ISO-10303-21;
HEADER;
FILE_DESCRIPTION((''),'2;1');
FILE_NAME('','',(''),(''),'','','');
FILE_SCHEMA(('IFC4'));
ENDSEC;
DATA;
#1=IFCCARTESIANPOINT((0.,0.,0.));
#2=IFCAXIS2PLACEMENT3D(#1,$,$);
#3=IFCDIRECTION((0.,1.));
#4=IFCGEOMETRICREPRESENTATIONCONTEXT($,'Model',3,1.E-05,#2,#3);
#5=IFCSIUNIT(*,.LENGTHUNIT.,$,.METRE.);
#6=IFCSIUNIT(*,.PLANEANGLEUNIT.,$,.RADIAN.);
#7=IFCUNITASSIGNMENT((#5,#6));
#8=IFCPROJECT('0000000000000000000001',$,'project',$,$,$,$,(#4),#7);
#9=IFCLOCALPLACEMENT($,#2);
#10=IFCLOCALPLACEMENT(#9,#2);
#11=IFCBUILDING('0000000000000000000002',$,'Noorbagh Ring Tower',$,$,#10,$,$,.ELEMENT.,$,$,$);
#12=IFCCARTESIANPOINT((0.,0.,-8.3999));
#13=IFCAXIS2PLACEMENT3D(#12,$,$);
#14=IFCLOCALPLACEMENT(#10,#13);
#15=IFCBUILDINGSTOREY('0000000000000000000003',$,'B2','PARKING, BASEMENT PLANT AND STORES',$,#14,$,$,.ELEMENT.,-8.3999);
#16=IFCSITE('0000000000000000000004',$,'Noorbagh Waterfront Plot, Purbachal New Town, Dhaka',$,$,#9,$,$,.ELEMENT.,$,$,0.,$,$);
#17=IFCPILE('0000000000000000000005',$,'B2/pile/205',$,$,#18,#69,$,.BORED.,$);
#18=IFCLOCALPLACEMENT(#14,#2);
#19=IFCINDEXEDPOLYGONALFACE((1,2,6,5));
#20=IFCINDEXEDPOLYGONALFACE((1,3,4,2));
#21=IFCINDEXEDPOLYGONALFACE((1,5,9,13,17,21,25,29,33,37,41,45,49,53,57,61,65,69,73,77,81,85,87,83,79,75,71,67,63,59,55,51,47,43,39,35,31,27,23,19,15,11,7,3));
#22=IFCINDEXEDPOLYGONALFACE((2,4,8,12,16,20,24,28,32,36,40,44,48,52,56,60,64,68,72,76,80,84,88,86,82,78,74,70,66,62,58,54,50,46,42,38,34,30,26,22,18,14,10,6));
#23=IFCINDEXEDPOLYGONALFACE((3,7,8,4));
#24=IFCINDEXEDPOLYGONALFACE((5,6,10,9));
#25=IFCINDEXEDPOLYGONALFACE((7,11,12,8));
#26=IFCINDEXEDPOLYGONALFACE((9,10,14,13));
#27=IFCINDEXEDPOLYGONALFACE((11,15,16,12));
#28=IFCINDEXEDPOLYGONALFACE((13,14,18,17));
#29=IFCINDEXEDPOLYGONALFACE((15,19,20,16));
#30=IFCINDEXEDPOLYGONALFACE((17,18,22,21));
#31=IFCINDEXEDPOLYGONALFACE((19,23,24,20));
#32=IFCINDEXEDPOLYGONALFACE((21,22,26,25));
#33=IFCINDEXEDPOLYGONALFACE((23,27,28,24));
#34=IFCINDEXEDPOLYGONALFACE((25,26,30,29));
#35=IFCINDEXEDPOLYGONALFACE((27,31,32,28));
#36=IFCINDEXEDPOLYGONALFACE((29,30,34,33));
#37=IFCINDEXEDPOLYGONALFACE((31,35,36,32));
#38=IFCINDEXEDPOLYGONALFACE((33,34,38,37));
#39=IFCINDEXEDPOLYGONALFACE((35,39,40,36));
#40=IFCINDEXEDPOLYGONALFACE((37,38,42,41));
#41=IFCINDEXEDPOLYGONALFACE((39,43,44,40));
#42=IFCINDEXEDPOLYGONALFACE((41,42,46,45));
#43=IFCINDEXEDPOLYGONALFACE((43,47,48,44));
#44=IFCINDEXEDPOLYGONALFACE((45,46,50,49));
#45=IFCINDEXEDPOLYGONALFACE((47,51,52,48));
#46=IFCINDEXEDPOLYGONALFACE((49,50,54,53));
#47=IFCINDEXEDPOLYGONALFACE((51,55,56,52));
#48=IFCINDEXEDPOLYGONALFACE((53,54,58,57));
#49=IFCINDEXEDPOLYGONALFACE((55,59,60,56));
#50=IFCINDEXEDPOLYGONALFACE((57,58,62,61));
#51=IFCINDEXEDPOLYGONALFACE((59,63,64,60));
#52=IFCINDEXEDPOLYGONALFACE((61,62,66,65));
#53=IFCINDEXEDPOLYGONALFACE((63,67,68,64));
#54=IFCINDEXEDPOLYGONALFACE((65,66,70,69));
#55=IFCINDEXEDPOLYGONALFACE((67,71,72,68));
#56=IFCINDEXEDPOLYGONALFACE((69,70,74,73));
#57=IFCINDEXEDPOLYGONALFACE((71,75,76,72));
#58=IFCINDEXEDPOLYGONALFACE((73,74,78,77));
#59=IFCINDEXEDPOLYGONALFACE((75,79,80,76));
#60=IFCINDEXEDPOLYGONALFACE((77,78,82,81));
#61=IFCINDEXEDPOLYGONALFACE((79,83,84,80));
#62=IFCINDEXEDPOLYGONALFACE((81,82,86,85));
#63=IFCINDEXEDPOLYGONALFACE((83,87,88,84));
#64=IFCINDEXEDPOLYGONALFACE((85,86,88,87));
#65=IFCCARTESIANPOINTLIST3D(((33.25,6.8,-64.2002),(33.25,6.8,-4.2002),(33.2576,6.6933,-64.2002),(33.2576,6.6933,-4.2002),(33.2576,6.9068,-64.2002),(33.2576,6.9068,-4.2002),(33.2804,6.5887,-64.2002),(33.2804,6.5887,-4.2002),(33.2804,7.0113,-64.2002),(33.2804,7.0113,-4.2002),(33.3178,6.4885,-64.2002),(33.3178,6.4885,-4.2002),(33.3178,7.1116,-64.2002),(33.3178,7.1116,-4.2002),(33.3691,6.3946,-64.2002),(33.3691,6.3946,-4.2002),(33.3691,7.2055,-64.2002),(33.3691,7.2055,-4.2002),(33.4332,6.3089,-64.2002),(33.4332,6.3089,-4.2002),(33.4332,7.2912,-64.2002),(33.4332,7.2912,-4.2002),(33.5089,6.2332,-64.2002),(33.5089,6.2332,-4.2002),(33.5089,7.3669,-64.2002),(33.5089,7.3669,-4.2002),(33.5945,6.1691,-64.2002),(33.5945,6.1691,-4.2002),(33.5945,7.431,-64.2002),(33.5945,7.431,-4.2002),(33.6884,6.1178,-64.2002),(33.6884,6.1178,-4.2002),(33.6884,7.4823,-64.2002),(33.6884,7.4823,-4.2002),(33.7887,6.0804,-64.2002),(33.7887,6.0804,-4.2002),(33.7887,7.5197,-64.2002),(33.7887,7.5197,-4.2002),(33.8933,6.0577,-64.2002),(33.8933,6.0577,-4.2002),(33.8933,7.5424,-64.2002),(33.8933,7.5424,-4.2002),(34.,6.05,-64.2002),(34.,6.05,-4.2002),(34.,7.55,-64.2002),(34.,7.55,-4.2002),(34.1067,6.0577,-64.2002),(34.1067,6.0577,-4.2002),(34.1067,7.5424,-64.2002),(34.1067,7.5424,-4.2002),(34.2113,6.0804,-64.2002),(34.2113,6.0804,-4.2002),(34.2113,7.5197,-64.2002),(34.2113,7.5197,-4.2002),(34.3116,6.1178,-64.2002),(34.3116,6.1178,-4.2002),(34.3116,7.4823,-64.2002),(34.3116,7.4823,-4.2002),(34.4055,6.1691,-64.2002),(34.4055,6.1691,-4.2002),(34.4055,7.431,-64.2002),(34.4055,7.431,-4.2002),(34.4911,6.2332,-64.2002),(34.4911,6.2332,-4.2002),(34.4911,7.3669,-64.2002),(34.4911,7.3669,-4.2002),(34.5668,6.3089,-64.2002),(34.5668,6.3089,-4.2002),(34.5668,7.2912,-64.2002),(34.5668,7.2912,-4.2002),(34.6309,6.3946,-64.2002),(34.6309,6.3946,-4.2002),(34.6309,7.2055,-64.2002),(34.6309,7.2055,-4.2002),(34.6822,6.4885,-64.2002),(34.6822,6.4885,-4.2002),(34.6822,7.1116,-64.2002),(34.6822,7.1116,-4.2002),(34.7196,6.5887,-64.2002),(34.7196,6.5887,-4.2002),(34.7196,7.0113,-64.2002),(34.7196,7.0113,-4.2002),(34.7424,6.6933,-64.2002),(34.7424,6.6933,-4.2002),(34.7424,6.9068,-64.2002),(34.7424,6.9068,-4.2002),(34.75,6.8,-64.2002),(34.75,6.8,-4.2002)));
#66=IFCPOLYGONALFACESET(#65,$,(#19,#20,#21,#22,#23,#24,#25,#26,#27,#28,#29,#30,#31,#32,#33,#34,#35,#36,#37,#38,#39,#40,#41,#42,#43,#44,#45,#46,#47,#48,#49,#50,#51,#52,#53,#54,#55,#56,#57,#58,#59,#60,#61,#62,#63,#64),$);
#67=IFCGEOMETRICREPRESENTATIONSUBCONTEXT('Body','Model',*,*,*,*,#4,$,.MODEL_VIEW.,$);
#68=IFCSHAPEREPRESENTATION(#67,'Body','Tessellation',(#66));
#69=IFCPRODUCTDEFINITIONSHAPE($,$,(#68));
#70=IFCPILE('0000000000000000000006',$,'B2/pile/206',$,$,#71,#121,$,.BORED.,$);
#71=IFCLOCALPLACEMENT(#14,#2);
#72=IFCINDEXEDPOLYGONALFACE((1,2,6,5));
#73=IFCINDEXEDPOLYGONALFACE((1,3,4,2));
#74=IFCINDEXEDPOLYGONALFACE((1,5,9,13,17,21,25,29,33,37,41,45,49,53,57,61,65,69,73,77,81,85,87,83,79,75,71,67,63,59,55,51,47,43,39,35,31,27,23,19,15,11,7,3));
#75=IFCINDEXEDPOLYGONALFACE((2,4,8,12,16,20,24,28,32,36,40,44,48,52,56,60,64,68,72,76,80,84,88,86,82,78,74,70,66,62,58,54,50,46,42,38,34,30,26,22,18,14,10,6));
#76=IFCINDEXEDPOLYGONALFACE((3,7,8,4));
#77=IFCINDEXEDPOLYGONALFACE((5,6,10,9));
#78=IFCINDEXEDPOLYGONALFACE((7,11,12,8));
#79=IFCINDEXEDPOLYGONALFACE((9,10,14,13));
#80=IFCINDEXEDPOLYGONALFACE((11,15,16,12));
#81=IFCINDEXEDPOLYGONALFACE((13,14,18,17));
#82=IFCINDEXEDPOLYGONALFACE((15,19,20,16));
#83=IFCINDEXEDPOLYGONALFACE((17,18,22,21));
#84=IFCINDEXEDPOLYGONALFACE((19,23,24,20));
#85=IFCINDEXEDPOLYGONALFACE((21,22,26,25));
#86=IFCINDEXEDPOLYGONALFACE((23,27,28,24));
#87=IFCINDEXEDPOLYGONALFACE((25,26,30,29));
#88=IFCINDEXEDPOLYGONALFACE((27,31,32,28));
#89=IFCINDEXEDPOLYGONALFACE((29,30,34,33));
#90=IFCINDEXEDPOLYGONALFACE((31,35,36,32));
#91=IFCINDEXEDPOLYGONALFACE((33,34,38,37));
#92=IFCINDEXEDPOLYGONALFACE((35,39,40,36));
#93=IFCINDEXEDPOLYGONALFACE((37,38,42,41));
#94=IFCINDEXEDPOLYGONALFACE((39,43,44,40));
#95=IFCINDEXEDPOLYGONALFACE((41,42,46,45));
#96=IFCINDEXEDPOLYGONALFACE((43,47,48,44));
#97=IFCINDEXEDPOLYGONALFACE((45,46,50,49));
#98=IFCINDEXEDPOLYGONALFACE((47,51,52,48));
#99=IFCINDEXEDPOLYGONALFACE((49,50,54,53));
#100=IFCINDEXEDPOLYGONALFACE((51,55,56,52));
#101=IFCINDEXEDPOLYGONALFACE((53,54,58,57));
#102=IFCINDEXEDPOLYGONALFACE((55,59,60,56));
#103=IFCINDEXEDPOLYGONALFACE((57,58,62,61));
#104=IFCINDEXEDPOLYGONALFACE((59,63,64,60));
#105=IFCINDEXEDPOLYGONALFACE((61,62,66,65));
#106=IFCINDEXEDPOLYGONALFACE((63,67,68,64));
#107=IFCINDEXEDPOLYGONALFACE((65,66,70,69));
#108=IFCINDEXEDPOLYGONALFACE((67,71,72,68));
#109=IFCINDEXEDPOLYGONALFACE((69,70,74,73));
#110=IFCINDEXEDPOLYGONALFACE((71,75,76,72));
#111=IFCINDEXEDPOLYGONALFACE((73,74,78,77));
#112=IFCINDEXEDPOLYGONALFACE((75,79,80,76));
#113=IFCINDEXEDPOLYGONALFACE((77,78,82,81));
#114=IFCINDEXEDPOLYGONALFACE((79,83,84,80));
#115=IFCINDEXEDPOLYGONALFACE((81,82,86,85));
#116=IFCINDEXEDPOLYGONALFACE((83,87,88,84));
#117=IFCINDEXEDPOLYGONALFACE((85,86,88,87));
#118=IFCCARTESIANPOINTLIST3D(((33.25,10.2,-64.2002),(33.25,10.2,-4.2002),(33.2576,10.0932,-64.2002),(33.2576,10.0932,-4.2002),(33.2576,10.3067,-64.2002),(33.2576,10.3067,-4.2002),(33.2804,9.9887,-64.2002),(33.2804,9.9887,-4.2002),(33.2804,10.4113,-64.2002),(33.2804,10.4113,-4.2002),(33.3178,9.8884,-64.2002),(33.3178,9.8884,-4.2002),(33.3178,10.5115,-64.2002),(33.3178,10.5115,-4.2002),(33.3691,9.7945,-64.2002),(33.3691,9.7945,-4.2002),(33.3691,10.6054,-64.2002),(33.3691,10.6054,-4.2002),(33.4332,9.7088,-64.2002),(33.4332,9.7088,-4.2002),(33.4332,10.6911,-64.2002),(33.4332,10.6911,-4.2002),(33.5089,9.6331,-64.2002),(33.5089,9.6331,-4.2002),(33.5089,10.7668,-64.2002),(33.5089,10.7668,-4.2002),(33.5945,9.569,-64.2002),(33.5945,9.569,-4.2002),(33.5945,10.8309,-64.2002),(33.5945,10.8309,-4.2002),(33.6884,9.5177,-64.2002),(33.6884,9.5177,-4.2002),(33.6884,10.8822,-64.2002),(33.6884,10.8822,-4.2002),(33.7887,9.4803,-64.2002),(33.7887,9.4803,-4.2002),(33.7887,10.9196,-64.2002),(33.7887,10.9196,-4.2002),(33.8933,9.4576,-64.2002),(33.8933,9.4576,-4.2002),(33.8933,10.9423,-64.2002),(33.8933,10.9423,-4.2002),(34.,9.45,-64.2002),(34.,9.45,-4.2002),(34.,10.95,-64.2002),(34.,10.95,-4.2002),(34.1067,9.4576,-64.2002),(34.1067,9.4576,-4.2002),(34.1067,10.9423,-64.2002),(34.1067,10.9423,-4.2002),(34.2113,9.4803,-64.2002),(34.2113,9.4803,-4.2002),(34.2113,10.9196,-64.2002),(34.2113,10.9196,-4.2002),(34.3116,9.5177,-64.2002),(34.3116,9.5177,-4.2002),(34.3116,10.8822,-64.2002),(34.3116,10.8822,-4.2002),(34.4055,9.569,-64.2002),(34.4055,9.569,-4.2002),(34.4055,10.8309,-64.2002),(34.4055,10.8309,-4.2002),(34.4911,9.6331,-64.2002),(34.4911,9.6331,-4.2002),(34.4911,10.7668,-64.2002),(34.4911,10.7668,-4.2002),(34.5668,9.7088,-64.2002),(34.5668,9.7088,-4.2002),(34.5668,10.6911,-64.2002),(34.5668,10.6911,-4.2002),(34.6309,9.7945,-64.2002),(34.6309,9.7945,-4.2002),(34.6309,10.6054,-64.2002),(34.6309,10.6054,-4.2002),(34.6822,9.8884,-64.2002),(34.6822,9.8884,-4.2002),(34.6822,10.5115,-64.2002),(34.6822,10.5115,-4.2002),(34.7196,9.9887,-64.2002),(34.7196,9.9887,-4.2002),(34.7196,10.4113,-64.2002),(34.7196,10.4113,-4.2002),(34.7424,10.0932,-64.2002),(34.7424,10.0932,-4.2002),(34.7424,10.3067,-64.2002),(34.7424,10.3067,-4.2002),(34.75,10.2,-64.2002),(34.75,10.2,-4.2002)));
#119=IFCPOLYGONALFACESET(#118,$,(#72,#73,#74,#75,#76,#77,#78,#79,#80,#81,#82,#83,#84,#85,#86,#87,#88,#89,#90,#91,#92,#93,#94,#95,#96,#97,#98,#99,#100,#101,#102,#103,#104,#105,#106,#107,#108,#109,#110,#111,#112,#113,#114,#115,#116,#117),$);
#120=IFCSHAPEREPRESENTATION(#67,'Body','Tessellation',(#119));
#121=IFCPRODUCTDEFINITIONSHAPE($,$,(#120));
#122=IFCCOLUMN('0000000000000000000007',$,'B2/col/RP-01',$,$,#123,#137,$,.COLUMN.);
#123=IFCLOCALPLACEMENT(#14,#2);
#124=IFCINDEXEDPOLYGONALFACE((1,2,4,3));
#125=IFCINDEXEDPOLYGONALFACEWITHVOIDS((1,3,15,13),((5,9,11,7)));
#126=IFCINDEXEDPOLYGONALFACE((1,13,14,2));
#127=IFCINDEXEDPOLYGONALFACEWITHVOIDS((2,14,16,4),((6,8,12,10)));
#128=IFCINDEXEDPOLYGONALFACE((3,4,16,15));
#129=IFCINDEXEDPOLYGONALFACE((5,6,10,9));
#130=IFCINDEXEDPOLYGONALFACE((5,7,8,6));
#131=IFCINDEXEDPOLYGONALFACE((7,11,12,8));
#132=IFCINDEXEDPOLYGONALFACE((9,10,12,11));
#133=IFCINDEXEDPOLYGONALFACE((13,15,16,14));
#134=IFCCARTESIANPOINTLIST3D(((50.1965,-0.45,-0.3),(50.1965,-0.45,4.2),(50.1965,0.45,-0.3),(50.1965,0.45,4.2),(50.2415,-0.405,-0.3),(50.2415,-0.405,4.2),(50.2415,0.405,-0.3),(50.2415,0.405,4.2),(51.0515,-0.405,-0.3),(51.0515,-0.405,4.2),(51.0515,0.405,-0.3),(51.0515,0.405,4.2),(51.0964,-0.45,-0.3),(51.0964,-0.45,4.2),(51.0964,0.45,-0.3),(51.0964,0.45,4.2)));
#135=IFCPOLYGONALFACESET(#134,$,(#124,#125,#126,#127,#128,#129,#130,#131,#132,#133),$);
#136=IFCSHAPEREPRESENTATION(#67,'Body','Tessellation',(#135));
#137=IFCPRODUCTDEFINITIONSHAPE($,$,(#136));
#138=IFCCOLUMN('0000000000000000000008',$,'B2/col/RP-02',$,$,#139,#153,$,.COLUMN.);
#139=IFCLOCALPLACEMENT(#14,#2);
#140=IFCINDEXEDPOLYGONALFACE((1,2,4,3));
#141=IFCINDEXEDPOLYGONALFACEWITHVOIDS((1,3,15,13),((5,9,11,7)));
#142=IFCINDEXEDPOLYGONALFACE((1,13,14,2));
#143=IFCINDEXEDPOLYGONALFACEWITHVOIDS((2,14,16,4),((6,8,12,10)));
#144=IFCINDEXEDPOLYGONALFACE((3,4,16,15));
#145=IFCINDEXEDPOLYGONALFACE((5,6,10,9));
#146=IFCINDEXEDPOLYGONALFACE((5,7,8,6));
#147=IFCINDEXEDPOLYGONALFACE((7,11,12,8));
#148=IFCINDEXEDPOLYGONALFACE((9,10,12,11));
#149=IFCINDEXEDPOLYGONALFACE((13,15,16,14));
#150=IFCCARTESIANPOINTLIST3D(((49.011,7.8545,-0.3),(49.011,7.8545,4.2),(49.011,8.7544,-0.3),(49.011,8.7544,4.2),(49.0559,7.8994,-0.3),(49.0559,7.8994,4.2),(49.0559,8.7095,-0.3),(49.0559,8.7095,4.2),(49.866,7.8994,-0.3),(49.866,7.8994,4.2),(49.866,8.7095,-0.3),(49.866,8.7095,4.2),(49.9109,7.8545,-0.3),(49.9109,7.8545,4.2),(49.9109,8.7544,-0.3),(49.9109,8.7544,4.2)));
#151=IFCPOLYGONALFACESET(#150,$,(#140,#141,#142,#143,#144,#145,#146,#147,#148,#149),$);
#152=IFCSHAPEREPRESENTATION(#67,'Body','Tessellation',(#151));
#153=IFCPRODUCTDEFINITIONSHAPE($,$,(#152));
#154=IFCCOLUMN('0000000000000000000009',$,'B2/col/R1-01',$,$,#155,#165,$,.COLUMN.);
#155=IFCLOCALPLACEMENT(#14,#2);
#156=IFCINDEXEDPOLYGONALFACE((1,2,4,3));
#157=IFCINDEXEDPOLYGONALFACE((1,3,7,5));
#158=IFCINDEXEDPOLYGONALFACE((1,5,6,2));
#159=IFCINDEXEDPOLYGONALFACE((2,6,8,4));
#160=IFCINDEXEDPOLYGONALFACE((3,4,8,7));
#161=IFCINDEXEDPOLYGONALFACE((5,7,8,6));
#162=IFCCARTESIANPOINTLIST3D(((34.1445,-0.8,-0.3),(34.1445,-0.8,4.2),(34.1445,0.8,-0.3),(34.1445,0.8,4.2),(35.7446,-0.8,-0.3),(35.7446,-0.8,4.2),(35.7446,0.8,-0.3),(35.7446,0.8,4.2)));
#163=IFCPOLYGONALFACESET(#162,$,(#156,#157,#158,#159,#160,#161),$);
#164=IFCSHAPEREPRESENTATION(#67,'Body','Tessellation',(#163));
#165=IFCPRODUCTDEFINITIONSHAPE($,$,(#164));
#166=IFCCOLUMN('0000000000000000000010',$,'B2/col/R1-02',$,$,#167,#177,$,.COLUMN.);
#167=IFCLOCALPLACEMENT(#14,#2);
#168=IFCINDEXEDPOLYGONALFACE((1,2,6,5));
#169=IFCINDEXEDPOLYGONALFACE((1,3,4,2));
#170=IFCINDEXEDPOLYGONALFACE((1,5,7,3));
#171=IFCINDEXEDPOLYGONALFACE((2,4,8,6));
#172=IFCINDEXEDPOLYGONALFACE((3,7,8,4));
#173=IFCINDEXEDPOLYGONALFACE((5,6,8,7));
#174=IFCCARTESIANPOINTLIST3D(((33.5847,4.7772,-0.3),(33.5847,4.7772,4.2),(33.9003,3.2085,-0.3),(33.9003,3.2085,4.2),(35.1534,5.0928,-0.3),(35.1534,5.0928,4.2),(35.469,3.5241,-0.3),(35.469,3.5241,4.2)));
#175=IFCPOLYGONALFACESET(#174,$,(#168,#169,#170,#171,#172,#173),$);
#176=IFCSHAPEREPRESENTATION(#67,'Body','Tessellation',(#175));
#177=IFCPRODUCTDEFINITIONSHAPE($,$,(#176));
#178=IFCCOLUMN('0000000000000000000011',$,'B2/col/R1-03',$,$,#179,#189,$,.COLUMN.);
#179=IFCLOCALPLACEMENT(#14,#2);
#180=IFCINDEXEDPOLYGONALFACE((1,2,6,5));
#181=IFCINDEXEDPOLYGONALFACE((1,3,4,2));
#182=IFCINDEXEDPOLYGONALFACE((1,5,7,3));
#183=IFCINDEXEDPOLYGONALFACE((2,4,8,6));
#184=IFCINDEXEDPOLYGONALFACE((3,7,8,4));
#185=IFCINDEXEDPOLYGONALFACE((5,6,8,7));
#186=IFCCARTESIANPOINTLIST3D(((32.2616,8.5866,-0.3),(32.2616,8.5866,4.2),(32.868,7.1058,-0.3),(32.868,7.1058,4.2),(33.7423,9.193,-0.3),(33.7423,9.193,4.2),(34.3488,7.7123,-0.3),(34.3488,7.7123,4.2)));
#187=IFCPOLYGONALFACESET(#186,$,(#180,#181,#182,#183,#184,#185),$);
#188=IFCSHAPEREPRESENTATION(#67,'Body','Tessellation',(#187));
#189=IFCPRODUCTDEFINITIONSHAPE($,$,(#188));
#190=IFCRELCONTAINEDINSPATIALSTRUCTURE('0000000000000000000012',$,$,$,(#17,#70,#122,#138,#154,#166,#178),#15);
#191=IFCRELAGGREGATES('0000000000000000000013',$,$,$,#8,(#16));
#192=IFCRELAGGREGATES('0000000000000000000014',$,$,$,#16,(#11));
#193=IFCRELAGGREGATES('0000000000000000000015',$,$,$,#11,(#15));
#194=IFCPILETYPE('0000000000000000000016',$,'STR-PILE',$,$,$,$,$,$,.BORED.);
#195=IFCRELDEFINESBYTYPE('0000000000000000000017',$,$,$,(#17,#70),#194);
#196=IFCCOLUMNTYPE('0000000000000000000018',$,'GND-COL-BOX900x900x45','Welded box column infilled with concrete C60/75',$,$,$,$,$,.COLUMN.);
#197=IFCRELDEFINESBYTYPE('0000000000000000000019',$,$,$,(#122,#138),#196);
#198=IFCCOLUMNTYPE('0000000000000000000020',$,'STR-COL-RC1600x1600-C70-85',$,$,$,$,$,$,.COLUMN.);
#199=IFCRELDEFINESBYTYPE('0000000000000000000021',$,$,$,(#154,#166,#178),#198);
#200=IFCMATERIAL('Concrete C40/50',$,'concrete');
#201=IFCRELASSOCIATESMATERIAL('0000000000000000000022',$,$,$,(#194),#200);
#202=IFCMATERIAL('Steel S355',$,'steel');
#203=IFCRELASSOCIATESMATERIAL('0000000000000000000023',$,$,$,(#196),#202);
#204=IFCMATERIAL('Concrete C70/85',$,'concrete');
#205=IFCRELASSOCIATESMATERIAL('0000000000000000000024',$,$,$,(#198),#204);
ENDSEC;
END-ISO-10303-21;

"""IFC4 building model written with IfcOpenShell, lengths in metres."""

from ifc_helpers import new_model, si_unit, direction, frame, origin, origin_2d, place, context, subcontext, project, spatial, rectangle, hollow_rectangle, circle, extrude, material, material_profile, profile_set, type_object, element, save


model = new_model("IFC4")

# Units and contexts
model_context = context("Model", 3, precision=1e-05, world=origin(), true_north=direction((0.0, 1.0)))
body_context = subcontext(model_context, "Body", "Model", "MODEL_VIEW")
ifc_project = project(units=[si_unit("LENGTHUNIT", "METRE"), si_unit("PLANEANGLEUNIT", "RADIAN")], contexts=[model_context])

# Site, building, storey
site_placement = place(None, origin())
site = spatial("IfcSite", under=ifc_project, at=site_placement, Name="Noorbagh Waterfront Plot, Purbachal New Town, Dhaka", CompositionType="ELEMENT", RefElevation=0.0)
building_placement = place(site_placement, origin())
building = spatial("IfcBuilding", under=site, at=building_placement, Name="Noorbagh Ring Tower", CompositionType="ELEMENT")
storey_placement = place(building_placement, frame((0.0, 0.0, -8.3999)))
storey = spatial("IfcBuildingStorey", under=building, at=storey_placement, Name="B2", Description="PARKING, BASEMENT PLANT AND STORES", CompositionType="ELEMENT", Elevation=-8.3999)

# Piles
ifc_material_1 = material(Name="Concrete C40/50", Category="concrete")
ifc_material_profile_1 = material_profile(ifc_material_1, circle(Radius=0.75, at=origin_2d()), Name="PILE1500")
ifc_profile_set_1 = profile_set([ifc_material_profile_1], Name="Concrete C40/50")
pile_type_1 = type_object("IfcPileType", Name="STR-PILE", PredefinedType="BORED", material=ifc_profile_set_1)
for number, where, z_axis, x_axis, name in (
    (1, (34.0, 6.8, -4.2002), (0.0, 0.0, -1.0), (1.0, 0.0, 0.0), "B2/pile/205"),
    (2, (34.0, 10.2, -4.2002), (0.0, 0.0, -1.0), (1.0, 0.0, 0.0), "B2/pile/206"),
):
    element("IfcPile", number, at=place(storey_placement, frame(where, z_axis=z_axis, x_axis=x_axis)), inside=storey, type_object=pile_type_1, Name=name, PredefinedType="BORED", context=body_context, shape_type="SweptSolid", body=[
        extrude(circle(Radius=0.75, at=origin_2d()), origin(), (0.0, 0.0, 1.0), 60.0),
    ])

# Columns
ifc_material_2 = material(Name="Steel S355", Category="steel")
ifc_material_profile_2 = material_profile(ifc_material_2, hollow_rectangle(XDim=0.8999, YDim=0.8999, WallThickness=0.0449, at=origin_2d()), Name="BOX900x900x45")
ifc_profile_set_2 = profile_set([ifc_material_profile_2], Name="Steel S355")
column_type_1 = type_object("IfcColumnType", Name="GND-COL-BOX900x900x45", Description="Welded box column infilled with concrete C60/75", PredefinedType="COLUMN", material=ifc_profile_set_2)
for number, where, z_axis, x_axis, name in (
    (3, (50.6465, 0.0, -0.3), (0.0, 0.0, 1.0), (1.0, 0.0, 0.0), "B2/col/RP-01"),
    (4, (49.4609, 8.3044, -0.3), (0.0, 0.0, 1.0), (1.0, 0.0, 0.0), "B2/col/RP-02"),
):
    element("IfcColumn", number, at=place(storey_placement, frame(where, z_axis=z_axis, x_axis=x_axis)), inside=storey, type_object=column_type_1, Name=name, PredefinedType="COLUMN", context=body_context, shape_type="SweptSolid", body=[
        extrude(hollow_rectangle(XDim=0.8999, YDim=0.8999, WallThickness=0.0449, at=origin_2d()), origin(), (0.0, 0.0, 1.0), 4.5),
    ])
ifc_material_3 = material(Name="Concrete C70/85", Category="concrete")
ifc_material_profile_3 = material_profile(ifc_material_3, rectangle(XDim=1.6001, YDim=1.6001, at=origin_2d()), Name="RC1600x1600")
ifc_profile_set_3 = profile_set([ifc_material_profile_3], Name="Concrete C70/85")
column_type_2 = type_object("IfcColumnType", Name="STR-COL-RC1600x1600-C70-85", PredefinedType="COLUMN", material=ifc_profile_set_3)
for number, where, z_axis, x_axis, name in (
    (5, (34.9446, 0.0, -0.3), (0.0, 0.0, 1.0), (0.0, 1.0, 0.0), "B2/col/R1-01"),
    (6, (34.5269, 4.1506, -0.3), (0.0, 0.0, 1.0), (-0.19723, 0.980357, 0.0), "B2/col/R1-02"),
    (7, (33.3052, 8.1494, -0.3), (0.0, 0.0, 1.0), (-0.378989, 0.925401, 0.0), "B2/col/R1-03"),
):
    element("IfcColumn", number, at=place(storey_placement, frame(where, z_axis=z_axis, x_axis=x_axis)), inside=storey, type_object=column_type_2, Name=name, PredefinedType="COLUMN", context=body_context, shape_type="SweptSolid", body=[
        extrude(rectangle(XDim=1.6001, YDim=1.6001, at=origin_2d()), origin(), (0.0, 0.0, 1.0), 4.5),
    ])

save(model, "model.ifc")
